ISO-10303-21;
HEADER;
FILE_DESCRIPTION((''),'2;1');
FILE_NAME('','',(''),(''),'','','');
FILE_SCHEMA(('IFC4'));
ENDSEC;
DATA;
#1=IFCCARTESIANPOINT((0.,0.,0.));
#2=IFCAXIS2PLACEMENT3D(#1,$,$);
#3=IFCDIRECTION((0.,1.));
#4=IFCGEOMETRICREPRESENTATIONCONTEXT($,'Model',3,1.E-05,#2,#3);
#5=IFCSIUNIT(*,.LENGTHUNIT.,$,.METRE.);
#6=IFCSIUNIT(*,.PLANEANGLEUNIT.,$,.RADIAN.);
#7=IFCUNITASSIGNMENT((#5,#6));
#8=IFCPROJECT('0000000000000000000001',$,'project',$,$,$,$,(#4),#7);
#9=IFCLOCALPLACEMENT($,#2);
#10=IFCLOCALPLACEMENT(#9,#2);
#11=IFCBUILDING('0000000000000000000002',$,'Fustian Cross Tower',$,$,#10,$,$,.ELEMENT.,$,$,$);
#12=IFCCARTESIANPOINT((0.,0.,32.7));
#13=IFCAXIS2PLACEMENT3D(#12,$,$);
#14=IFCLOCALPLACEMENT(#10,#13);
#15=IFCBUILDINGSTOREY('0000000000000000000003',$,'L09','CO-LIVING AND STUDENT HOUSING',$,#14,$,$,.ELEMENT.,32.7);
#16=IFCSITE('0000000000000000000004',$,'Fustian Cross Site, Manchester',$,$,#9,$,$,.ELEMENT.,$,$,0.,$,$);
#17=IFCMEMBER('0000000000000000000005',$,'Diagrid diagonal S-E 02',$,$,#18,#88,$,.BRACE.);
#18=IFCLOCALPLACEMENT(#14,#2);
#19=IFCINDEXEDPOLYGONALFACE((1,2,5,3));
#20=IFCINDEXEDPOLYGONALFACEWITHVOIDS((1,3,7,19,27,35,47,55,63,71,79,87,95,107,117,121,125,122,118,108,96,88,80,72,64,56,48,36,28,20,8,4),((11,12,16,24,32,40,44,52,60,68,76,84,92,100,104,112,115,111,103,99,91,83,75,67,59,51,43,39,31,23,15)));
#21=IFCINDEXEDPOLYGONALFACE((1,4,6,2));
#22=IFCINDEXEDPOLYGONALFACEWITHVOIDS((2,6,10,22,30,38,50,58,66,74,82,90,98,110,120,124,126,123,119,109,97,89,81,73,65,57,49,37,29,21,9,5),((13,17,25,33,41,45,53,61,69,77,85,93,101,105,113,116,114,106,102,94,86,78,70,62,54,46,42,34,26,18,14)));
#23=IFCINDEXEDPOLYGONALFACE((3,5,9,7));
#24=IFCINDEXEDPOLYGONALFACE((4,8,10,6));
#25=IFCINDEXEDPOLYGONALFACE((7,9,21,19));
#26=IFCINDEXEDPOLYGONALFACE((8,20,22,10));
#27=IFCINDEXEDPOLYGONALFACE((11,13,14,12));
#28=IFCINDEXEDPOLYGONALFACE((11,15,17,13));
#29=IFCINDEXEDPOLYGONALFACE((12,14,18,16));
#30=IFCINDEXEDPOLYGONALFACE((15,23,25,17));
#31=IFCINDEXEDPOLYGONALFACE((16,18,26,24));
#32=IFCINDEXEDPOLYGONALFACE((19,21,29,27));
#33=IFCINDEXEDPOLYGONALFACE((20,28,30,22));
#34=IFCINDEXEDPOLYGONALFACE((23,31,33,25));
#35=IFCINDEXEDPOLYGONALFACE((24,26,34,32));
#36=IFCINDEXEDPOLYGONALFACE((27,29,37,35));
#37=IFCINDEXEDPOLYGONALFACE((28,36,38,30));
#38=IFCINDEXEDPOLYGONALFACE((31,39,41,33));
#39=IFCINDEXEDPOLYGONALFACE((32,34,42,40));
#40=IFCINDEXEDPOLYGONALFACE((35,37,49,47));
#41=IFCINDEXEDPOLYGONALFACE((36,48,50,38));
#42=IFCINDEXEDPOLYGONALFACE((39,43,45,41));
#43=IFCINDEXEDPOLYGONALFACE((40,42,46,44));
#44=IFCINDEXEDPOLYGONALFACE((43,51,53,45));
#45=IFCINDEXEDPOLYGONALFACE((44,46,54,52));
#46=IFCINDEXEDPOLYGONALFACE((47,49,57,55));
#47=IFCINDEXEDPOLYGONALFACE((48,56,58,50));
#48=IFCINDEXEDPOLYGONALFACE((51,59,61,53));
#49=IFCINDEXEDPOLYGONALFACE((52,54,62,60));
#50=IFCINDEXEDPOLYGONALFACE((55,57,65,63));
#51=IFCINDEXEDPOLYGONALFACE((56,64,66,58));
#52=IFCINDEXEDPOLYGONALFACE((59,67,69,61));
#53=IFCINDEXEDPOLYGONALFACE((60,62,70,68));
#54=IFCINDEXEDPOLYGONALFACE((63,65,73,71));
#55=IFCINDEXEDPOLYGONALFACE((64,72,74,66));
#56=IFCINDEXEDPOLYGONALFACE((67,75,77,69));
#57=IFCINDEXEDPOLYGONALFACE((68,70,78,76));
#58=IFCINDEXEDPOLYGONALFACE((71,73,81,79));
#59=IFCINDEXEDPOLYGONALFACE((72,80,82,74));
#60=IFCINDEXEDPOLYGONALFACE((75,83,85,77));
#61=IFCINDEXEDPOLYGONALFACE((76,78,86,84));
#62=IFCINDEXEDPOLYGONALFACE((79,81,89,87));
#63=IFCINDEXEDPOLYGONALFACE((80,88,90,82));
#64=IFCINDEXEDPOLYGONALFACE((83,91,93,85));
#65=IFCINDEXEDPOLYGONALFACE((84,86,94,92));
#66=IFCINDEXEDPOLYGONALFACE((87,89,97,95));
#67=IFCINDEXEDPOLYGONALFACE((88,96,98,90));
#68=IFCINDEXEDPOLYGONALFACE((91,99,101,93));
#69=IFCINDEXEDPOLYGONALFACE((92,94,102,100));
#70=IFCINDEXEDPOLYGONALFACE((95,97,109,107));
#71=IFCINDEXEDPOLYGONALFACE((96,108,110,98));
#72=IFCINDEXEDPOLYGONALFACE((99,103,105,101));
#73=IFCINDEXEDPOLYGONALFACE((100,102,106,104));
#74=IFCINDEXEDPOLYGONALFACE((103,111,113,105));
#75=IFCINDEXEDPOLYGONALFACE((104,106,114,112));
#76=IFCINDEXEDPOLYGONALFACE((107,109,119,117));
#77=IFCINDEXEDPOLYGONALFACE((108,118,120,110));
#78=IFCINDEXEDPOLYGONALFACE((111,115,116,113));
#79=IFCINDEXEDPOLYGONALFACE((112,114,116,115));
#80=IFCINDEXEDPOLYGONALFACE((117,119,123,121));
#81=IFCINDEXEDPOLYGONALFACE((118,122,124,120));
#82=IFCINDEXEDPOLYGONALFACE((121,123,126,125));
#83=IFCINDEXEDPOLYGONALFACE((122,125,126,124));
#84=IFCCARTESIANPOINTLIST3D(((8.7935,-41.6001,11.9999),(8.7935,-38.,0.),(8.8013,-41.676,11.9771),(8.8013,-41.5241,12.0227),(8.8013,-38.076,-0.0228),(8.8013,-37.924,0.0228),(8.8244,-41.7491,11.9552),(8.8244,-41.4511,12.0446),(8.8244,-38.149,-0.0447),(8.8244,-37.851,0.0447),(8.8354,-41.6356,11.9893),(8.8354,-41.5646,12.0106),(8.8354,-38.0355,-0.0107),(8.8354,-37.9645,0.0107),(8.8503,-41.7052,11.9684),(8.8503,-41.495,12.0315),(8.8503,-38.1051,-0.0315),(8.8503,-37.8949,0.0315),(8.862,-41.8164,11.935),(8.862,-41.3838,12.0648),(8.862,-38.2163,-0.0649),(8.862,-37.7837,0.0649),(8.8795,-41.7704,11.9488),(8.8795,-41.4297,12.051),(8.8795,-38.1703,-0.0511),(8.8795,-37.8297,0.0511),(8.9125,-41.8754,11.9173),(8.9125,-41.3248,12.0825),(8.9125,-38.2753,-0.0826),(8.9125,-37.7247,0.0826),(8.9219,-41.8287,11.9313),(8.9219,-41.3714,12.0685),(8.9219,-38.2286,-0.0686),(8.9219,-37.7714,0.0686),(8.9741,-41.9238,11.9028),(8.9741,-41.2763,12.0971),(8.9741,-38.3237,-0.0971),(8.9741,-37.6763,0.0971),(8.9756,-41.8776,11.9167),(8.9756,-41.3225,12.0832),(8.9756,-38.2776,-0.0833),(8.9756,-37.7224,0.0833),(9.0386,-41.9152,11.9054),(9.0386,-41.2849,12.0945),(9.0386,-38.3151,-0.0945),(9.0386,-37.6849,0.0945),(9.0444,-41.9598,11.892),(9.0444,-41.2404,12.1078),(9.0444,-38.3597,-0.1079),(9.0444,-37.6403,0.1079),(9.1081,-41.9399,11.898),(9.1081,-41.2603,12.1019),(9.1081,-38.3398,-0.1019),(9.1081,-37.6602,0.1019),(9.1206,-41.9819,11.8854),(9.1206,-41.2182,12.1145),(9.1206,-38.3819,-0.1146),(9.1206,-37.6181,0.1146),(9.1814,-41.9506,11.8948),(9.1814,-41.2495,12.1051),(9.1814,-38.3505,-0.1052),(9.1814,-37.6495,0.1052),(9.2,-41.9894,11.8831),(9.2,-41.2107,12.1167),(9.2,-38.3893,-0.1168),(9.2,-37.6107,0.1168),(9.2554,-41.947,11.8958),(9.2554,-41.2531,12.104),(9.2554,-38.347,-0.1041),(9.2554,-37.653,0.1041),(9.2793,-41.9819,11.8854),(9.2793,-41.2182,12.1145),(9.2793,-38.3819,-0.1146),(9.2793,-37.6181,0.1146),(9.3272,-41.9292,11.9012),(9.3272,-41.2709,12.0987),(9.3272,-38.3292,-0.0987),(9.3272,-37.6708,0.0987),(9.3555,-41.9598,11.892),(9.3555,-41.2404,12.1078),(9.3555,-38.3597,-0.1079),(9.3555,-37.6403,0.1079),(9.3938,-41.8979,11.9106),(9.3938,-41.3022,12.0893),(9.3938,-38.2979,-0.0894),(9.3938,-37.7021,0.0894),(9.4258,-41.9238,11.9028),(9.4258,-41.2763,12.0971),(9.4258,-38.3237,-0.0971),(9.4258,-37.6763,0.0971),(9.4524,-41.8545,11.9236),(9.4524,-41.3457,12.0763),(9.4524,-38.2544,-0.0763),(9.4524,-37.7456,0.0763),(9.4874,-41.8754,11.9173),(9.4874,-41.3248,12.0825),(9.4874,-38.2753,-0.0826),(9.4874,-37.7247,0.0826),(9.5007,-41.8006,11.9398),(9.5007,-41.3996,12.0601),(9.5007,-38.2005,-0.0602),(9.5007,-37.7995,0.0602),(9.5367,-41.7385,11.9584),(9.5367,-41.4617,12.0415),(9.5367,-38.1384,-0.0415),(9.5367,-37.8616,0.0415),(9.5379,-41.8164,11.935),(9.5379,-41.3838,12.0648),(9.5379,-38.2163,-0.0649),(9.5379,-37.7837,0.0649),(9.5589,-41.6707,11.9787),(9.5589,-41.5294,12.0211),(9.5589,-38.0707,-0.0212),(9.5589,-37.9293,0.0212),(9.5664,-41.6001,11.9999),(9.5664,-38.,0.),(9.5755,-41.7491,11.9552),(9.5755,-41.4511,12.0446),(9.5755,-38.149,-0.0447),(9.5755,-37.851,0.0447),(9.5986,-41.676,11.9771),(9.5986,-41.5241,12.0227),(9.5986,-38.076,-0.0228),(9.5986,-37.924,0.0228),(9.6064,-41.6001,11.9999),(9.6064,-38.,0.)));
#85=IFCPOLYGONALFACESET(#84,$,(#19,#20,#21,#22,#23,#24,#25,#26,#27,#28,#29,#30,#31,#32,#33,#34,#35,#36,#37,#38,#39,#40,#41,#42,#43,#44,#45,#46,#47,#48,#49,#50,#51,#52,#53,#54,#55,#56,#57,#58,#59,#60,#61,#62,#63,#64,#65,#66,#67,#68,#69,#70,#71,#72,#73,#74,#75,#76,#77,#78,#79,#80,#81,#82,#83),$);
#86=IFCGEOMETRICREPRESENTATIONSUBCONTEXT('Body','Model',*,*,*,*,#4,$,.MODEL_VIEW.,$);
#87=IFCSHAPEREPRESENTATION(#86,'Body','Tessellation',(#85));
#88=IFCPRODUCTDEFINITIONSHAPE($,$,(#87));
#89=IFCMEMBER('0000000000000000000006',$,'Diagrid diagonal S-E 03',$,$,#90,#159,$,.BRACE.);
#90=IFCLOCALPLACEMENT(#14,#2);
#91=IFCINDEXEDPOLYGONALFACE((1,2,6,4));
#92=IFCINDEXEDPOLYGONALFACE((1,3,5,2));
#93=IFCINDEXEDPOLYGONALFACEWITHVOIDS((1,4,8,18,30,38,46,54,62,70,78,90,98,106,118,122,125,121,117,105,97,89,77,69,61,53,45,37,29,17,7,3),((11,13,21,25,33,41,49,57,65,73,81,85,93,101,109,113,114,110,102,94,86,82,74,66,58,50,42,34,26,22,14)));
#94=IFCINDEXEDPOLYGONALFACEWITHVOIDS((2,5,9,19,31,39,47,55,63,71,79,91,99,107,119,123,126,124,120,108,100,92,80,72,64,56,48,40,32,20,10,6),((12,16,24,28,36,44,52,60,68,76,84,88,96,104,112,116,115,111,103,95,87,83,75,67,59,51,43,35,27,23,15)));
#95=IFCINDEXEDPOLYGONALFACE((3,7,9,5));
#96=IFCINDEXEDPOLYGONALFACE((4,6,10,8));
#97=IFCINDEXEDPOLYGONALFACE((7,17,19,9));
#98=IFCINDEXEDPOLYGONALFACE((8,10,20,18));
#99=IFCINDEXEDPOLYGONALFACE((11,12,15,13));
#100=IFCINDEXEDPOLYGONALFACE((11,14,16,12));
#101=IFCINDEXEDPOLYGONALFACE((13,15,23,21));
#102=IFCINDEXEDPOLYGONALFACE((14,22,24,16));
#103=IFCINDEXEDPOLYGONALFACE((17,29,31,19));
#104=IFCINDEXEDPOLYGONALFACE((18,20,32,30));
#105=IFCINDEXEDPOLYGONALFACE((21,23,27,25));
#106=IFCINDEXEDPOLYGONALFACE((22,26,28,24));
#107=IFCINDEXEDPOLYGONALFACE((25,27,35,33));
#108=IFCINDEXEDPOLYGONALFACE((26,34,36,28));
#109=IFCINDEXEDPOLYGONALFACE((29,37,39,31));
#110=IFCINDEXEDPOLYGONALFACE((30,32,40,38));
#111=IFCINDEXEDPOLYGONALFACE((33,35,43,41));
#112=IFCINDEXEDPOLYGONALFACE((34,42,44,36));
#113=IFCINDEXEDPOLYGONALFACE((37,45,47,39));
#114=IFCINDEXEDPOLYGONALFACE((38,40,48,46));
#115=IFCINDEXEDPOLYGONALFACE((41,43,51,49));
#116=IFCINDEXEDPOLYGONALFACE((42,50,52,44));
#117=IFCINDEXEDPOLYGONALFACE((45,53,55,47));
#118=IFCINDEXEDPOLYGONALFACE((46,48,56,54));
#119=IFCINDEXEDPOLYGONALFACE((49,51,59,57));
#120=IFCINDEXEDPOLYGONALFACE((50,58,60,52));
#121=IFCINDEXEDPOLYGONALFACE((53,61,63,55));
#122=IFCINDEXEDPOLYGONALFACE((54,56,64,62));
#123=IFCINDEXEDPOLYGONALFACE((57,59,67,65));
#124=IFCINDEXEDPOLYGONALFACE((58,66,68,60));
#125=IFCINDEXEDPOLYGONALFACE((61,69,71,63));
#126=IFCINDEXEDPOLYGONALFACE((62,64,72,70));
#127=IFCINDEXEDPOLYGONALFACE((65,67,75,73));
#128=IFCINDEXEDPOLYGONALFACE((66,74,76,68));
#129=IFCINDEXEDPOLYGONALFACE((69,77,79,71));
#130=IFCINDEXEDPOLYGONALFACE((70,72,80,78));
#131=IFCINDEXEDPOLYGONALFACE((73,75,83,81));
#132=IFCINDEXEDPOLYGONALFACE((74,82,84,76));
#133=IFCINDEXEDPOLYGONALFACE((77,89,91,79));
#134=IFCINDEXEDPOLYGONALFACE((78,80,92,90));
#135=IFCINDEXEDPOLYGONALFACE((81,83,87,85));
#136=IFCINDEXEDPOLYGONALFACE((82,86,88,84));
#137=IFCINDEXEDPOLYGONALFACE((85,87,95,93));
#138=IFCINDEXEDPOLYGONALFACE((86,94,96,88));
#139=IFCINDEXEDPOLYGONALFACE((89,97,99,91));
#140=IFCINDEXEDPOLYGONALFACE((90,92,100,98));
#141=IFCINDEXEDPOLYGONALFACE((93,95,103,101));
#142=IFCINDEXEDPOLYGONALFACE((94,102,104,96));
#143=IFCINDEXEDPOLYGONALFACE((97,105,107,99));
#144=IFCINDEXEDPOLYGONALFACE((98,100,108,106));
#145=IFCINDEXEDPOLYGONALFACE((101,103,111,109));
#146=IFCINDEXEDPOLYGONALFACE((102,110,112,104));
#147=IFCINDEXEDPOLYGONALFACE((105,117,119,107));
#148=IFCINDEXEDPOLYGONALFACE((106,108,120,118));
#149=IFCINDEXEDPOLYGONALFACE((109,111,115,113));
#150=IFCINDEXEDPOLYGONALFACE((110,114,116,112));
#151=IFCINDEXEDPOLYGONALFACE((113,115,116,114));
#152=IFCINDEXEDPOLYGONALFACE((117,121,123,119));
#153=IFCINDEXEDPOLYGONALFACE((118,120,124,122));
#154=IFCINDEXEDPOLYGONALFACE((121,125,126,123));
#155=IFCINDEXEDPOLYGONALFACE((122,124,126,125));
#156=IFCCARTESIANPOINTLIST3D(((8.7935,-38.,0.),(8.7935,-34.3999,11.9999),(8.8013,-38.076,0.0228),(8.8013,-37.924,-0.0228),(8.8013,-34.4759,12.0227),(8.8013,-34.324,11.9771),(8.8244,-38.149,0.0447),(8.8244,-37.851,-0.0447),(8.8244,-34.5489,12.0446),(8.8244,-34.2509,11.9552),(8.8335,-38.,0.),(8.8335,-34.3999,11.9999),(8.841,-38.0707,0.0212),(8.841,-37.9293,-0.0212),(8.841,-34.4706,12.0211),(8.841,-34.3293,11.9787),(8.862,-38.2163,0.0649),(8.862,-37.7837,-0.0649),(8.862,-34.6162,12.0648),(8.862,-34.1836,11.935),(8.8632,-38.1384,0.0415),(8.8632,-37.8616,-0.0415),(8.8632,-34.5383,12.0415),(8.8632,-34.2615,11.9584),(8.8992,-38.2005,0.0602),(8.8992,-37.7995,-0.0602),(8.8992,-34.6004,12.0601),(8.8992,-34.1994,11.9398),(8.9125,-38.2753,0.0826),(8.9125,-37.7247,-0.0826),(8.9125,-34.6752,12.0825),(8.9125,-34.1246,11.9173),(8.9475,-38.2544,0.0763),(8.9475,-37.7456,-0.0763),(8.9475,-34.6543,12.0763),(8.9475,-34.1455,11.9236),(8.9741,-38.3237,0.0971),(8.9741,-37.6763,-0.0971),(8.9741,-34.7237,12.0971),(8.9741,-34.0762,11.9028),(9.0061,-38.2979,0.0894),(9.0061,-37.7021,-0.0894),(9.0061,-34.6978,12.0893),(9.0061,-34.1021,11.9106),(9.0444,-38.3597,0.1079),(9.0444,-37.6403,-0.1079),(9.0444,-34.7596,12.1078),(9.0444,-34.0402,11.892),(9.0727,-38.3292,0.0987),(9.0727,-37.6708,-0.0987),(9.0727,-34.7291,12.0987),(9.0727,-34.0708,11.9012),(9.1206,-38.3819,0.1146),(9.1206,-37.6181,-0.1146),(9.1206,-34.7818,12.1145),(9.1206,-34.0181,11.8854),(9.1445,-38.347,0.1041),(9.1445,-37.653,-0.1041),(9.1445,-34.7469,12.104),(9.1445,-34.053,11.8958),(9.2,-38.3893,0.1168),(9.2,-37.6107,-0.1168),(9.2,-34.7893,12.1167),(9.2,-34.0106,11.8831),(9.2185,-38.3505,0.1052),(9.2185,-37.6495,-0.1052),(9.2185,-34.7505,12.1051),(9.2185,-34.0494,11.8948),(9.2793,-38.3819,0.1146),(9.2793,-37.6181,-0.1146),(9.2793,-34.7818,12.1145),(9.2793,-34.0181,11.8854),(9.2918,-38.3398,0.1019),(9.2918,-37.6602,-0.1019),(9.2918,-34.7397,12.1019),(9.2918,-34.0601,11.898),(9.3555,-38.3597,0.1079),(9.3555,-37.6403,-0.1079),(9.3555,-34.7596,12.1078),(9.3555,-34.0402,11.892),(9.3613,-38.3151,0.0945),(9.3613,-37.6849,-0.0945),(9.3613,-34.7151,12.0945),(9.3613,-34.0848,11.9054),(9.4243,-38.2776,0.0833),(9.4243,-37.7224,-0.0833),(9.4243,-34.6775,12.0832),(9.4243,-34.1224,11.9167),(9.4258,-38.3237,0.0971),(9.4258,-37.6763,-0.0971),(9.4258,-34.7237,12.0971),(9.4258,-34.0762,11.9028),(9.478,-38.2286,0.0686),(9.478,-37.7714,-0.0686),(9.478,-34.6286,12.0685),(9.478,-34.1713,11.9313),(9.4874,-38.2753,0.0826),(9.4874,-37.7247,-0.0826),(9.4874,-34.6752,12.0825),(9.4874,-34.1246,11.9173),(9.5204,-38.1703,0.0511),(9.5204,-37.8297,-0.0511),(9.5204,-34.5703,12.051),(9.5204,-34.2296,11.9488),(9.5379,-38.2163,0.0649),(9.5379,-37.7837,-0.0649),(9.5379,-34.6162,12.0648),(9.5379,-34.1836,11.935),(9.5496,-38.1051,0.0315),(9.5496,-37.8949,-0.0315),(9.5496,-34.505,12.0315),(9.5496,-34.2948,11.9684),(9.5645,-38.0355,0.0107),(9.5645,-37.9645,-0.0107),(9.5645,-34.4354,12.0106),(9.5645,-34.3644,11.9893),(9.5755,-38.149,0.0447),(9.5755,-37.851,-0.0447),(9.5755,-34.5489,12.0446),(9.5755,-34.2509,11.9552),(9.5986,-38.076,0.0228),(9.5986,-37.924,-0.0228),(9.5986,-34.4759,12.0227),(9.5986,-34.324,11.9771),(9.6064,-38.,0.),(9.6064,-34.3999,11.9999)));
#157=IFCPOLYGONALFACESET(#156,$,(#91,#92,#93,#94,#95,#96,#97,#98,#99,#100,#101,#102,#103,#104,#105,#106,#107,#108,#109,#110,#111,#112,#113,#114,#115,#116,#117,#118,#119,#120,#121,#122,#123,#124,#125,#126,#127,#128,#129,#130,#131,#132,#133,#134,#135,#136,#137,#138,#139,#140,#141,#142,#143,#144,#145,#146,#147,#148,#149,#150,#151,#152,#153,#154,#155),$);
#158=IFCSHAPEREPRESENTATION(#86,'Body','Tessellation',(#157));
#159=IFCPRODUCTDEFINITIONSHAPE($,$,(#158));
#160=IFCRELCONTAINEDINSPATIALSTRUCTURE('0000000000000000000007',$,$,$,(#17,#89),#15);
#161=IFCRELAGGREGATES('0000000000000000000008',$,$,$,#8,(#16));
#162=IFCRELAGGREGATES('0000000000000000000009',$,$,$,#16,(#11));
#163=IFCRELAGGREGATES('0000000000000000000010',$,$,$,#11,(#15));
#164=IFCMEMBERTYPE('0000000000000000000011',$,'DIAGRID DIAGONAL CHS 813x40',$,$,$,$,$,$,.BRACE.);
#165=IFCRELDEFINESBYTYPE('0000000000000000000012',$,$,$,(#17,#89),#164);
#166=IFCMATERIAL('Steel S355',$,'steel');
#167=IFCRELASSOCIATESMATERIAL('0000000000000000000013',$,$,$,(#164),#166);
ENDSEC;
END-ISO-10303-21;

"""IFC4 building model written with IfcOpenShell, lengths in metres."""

from ifc_helpers import new_model, si_unit, direction, frame, origin, origin_2d, place, context, subcontext, project, spatial, hollow_circle, extrude, material, material_profile, profile_set, type_object, element, save


model = new_model("IFC4")

# Units and contexts
model_context = context("Model", 3, precision=1e-05, world=origin(), true_north=direction((0.0, 1.0)))
body_context = subcontext(model_context, "Body", "Model", "MODEL_VIEW")
ifc_project = project(units=[si_unit("LENGTHUNIT", "METRE"), si_unit("PLANEANGLEUNIT", "RADIAN")], contexts=[model_context])

# Site, building, storey
site_placement = place(None, origin())
site = spatial("IfcSite", under=ifc_project, at=site_placement, Name="Fustian Cross Site, Manchester", CompositionType="ELEMENT", RefElevation=0.0)
building_placement = place(site_placement, origin())
building = spatial("IfcBuilding", under=site, at=building_placement, Name="Fustian Cross Tower", CompositionType="ELEMENT")
storey_placement = place(building_placement, frame((0.0, 0.0, 32.7)))
storey = spatial("IfcBuildingStorey", under=building, at=storey_placement, Name="L09", Description="CO-LIVING AND STUDENT HOUSING", CompositionType="ELEMENT", Elevation=32.7)

# Members
ifc_material_1 = material(Name="Steel S355", Category="steel")
ifc_material_profile_1 = material_profile(ifc_material_1, hollow_circle(Radius=0.4065, WallThickness=0.04, at=origin_2d()), Name="CHS 813x40")
ifc_profile_set_1 = profile_set([ifc_material_profile_1], Name="Steel S355")
member_type_1 = type_object("IfcMemberType", Name="DIAGRID DIAGONAL CHS 813x40", PredefinedType="BRACE", material=ifc_profile_set_1)
for number, where, z_axis, x_axis, name in (
    (1, (9.2, -38.0, 0.0), (0.0, -0.287355, 0.957824), (1.0, 0.0, 0.0), "Diagrid diagonal S-E 02"),
    (2, (9.2, -38.0, 0.0), (0.0, 0.287355, 0.957824), (-1.0, 0.0, 0.0), "Diagrid diagonal S-E 03"),
):
    element("IfcMember", number, at=place(storey_placement, frame(where, z_axis=z_axis, x_axis=x_axis)), inside=storey, type_object=member_type_1, Name=name, PredefinedType="BRACE", context=body_context, shape_type="SweptSolid", body=[
        extrude(hollow_circle(Radius=0.4065, WallThickness=0.04, at=origin_2d()), origin(), (0.0, 0.0, 1.0), 12.5283),
    ])

save(model, "model.ifc")
